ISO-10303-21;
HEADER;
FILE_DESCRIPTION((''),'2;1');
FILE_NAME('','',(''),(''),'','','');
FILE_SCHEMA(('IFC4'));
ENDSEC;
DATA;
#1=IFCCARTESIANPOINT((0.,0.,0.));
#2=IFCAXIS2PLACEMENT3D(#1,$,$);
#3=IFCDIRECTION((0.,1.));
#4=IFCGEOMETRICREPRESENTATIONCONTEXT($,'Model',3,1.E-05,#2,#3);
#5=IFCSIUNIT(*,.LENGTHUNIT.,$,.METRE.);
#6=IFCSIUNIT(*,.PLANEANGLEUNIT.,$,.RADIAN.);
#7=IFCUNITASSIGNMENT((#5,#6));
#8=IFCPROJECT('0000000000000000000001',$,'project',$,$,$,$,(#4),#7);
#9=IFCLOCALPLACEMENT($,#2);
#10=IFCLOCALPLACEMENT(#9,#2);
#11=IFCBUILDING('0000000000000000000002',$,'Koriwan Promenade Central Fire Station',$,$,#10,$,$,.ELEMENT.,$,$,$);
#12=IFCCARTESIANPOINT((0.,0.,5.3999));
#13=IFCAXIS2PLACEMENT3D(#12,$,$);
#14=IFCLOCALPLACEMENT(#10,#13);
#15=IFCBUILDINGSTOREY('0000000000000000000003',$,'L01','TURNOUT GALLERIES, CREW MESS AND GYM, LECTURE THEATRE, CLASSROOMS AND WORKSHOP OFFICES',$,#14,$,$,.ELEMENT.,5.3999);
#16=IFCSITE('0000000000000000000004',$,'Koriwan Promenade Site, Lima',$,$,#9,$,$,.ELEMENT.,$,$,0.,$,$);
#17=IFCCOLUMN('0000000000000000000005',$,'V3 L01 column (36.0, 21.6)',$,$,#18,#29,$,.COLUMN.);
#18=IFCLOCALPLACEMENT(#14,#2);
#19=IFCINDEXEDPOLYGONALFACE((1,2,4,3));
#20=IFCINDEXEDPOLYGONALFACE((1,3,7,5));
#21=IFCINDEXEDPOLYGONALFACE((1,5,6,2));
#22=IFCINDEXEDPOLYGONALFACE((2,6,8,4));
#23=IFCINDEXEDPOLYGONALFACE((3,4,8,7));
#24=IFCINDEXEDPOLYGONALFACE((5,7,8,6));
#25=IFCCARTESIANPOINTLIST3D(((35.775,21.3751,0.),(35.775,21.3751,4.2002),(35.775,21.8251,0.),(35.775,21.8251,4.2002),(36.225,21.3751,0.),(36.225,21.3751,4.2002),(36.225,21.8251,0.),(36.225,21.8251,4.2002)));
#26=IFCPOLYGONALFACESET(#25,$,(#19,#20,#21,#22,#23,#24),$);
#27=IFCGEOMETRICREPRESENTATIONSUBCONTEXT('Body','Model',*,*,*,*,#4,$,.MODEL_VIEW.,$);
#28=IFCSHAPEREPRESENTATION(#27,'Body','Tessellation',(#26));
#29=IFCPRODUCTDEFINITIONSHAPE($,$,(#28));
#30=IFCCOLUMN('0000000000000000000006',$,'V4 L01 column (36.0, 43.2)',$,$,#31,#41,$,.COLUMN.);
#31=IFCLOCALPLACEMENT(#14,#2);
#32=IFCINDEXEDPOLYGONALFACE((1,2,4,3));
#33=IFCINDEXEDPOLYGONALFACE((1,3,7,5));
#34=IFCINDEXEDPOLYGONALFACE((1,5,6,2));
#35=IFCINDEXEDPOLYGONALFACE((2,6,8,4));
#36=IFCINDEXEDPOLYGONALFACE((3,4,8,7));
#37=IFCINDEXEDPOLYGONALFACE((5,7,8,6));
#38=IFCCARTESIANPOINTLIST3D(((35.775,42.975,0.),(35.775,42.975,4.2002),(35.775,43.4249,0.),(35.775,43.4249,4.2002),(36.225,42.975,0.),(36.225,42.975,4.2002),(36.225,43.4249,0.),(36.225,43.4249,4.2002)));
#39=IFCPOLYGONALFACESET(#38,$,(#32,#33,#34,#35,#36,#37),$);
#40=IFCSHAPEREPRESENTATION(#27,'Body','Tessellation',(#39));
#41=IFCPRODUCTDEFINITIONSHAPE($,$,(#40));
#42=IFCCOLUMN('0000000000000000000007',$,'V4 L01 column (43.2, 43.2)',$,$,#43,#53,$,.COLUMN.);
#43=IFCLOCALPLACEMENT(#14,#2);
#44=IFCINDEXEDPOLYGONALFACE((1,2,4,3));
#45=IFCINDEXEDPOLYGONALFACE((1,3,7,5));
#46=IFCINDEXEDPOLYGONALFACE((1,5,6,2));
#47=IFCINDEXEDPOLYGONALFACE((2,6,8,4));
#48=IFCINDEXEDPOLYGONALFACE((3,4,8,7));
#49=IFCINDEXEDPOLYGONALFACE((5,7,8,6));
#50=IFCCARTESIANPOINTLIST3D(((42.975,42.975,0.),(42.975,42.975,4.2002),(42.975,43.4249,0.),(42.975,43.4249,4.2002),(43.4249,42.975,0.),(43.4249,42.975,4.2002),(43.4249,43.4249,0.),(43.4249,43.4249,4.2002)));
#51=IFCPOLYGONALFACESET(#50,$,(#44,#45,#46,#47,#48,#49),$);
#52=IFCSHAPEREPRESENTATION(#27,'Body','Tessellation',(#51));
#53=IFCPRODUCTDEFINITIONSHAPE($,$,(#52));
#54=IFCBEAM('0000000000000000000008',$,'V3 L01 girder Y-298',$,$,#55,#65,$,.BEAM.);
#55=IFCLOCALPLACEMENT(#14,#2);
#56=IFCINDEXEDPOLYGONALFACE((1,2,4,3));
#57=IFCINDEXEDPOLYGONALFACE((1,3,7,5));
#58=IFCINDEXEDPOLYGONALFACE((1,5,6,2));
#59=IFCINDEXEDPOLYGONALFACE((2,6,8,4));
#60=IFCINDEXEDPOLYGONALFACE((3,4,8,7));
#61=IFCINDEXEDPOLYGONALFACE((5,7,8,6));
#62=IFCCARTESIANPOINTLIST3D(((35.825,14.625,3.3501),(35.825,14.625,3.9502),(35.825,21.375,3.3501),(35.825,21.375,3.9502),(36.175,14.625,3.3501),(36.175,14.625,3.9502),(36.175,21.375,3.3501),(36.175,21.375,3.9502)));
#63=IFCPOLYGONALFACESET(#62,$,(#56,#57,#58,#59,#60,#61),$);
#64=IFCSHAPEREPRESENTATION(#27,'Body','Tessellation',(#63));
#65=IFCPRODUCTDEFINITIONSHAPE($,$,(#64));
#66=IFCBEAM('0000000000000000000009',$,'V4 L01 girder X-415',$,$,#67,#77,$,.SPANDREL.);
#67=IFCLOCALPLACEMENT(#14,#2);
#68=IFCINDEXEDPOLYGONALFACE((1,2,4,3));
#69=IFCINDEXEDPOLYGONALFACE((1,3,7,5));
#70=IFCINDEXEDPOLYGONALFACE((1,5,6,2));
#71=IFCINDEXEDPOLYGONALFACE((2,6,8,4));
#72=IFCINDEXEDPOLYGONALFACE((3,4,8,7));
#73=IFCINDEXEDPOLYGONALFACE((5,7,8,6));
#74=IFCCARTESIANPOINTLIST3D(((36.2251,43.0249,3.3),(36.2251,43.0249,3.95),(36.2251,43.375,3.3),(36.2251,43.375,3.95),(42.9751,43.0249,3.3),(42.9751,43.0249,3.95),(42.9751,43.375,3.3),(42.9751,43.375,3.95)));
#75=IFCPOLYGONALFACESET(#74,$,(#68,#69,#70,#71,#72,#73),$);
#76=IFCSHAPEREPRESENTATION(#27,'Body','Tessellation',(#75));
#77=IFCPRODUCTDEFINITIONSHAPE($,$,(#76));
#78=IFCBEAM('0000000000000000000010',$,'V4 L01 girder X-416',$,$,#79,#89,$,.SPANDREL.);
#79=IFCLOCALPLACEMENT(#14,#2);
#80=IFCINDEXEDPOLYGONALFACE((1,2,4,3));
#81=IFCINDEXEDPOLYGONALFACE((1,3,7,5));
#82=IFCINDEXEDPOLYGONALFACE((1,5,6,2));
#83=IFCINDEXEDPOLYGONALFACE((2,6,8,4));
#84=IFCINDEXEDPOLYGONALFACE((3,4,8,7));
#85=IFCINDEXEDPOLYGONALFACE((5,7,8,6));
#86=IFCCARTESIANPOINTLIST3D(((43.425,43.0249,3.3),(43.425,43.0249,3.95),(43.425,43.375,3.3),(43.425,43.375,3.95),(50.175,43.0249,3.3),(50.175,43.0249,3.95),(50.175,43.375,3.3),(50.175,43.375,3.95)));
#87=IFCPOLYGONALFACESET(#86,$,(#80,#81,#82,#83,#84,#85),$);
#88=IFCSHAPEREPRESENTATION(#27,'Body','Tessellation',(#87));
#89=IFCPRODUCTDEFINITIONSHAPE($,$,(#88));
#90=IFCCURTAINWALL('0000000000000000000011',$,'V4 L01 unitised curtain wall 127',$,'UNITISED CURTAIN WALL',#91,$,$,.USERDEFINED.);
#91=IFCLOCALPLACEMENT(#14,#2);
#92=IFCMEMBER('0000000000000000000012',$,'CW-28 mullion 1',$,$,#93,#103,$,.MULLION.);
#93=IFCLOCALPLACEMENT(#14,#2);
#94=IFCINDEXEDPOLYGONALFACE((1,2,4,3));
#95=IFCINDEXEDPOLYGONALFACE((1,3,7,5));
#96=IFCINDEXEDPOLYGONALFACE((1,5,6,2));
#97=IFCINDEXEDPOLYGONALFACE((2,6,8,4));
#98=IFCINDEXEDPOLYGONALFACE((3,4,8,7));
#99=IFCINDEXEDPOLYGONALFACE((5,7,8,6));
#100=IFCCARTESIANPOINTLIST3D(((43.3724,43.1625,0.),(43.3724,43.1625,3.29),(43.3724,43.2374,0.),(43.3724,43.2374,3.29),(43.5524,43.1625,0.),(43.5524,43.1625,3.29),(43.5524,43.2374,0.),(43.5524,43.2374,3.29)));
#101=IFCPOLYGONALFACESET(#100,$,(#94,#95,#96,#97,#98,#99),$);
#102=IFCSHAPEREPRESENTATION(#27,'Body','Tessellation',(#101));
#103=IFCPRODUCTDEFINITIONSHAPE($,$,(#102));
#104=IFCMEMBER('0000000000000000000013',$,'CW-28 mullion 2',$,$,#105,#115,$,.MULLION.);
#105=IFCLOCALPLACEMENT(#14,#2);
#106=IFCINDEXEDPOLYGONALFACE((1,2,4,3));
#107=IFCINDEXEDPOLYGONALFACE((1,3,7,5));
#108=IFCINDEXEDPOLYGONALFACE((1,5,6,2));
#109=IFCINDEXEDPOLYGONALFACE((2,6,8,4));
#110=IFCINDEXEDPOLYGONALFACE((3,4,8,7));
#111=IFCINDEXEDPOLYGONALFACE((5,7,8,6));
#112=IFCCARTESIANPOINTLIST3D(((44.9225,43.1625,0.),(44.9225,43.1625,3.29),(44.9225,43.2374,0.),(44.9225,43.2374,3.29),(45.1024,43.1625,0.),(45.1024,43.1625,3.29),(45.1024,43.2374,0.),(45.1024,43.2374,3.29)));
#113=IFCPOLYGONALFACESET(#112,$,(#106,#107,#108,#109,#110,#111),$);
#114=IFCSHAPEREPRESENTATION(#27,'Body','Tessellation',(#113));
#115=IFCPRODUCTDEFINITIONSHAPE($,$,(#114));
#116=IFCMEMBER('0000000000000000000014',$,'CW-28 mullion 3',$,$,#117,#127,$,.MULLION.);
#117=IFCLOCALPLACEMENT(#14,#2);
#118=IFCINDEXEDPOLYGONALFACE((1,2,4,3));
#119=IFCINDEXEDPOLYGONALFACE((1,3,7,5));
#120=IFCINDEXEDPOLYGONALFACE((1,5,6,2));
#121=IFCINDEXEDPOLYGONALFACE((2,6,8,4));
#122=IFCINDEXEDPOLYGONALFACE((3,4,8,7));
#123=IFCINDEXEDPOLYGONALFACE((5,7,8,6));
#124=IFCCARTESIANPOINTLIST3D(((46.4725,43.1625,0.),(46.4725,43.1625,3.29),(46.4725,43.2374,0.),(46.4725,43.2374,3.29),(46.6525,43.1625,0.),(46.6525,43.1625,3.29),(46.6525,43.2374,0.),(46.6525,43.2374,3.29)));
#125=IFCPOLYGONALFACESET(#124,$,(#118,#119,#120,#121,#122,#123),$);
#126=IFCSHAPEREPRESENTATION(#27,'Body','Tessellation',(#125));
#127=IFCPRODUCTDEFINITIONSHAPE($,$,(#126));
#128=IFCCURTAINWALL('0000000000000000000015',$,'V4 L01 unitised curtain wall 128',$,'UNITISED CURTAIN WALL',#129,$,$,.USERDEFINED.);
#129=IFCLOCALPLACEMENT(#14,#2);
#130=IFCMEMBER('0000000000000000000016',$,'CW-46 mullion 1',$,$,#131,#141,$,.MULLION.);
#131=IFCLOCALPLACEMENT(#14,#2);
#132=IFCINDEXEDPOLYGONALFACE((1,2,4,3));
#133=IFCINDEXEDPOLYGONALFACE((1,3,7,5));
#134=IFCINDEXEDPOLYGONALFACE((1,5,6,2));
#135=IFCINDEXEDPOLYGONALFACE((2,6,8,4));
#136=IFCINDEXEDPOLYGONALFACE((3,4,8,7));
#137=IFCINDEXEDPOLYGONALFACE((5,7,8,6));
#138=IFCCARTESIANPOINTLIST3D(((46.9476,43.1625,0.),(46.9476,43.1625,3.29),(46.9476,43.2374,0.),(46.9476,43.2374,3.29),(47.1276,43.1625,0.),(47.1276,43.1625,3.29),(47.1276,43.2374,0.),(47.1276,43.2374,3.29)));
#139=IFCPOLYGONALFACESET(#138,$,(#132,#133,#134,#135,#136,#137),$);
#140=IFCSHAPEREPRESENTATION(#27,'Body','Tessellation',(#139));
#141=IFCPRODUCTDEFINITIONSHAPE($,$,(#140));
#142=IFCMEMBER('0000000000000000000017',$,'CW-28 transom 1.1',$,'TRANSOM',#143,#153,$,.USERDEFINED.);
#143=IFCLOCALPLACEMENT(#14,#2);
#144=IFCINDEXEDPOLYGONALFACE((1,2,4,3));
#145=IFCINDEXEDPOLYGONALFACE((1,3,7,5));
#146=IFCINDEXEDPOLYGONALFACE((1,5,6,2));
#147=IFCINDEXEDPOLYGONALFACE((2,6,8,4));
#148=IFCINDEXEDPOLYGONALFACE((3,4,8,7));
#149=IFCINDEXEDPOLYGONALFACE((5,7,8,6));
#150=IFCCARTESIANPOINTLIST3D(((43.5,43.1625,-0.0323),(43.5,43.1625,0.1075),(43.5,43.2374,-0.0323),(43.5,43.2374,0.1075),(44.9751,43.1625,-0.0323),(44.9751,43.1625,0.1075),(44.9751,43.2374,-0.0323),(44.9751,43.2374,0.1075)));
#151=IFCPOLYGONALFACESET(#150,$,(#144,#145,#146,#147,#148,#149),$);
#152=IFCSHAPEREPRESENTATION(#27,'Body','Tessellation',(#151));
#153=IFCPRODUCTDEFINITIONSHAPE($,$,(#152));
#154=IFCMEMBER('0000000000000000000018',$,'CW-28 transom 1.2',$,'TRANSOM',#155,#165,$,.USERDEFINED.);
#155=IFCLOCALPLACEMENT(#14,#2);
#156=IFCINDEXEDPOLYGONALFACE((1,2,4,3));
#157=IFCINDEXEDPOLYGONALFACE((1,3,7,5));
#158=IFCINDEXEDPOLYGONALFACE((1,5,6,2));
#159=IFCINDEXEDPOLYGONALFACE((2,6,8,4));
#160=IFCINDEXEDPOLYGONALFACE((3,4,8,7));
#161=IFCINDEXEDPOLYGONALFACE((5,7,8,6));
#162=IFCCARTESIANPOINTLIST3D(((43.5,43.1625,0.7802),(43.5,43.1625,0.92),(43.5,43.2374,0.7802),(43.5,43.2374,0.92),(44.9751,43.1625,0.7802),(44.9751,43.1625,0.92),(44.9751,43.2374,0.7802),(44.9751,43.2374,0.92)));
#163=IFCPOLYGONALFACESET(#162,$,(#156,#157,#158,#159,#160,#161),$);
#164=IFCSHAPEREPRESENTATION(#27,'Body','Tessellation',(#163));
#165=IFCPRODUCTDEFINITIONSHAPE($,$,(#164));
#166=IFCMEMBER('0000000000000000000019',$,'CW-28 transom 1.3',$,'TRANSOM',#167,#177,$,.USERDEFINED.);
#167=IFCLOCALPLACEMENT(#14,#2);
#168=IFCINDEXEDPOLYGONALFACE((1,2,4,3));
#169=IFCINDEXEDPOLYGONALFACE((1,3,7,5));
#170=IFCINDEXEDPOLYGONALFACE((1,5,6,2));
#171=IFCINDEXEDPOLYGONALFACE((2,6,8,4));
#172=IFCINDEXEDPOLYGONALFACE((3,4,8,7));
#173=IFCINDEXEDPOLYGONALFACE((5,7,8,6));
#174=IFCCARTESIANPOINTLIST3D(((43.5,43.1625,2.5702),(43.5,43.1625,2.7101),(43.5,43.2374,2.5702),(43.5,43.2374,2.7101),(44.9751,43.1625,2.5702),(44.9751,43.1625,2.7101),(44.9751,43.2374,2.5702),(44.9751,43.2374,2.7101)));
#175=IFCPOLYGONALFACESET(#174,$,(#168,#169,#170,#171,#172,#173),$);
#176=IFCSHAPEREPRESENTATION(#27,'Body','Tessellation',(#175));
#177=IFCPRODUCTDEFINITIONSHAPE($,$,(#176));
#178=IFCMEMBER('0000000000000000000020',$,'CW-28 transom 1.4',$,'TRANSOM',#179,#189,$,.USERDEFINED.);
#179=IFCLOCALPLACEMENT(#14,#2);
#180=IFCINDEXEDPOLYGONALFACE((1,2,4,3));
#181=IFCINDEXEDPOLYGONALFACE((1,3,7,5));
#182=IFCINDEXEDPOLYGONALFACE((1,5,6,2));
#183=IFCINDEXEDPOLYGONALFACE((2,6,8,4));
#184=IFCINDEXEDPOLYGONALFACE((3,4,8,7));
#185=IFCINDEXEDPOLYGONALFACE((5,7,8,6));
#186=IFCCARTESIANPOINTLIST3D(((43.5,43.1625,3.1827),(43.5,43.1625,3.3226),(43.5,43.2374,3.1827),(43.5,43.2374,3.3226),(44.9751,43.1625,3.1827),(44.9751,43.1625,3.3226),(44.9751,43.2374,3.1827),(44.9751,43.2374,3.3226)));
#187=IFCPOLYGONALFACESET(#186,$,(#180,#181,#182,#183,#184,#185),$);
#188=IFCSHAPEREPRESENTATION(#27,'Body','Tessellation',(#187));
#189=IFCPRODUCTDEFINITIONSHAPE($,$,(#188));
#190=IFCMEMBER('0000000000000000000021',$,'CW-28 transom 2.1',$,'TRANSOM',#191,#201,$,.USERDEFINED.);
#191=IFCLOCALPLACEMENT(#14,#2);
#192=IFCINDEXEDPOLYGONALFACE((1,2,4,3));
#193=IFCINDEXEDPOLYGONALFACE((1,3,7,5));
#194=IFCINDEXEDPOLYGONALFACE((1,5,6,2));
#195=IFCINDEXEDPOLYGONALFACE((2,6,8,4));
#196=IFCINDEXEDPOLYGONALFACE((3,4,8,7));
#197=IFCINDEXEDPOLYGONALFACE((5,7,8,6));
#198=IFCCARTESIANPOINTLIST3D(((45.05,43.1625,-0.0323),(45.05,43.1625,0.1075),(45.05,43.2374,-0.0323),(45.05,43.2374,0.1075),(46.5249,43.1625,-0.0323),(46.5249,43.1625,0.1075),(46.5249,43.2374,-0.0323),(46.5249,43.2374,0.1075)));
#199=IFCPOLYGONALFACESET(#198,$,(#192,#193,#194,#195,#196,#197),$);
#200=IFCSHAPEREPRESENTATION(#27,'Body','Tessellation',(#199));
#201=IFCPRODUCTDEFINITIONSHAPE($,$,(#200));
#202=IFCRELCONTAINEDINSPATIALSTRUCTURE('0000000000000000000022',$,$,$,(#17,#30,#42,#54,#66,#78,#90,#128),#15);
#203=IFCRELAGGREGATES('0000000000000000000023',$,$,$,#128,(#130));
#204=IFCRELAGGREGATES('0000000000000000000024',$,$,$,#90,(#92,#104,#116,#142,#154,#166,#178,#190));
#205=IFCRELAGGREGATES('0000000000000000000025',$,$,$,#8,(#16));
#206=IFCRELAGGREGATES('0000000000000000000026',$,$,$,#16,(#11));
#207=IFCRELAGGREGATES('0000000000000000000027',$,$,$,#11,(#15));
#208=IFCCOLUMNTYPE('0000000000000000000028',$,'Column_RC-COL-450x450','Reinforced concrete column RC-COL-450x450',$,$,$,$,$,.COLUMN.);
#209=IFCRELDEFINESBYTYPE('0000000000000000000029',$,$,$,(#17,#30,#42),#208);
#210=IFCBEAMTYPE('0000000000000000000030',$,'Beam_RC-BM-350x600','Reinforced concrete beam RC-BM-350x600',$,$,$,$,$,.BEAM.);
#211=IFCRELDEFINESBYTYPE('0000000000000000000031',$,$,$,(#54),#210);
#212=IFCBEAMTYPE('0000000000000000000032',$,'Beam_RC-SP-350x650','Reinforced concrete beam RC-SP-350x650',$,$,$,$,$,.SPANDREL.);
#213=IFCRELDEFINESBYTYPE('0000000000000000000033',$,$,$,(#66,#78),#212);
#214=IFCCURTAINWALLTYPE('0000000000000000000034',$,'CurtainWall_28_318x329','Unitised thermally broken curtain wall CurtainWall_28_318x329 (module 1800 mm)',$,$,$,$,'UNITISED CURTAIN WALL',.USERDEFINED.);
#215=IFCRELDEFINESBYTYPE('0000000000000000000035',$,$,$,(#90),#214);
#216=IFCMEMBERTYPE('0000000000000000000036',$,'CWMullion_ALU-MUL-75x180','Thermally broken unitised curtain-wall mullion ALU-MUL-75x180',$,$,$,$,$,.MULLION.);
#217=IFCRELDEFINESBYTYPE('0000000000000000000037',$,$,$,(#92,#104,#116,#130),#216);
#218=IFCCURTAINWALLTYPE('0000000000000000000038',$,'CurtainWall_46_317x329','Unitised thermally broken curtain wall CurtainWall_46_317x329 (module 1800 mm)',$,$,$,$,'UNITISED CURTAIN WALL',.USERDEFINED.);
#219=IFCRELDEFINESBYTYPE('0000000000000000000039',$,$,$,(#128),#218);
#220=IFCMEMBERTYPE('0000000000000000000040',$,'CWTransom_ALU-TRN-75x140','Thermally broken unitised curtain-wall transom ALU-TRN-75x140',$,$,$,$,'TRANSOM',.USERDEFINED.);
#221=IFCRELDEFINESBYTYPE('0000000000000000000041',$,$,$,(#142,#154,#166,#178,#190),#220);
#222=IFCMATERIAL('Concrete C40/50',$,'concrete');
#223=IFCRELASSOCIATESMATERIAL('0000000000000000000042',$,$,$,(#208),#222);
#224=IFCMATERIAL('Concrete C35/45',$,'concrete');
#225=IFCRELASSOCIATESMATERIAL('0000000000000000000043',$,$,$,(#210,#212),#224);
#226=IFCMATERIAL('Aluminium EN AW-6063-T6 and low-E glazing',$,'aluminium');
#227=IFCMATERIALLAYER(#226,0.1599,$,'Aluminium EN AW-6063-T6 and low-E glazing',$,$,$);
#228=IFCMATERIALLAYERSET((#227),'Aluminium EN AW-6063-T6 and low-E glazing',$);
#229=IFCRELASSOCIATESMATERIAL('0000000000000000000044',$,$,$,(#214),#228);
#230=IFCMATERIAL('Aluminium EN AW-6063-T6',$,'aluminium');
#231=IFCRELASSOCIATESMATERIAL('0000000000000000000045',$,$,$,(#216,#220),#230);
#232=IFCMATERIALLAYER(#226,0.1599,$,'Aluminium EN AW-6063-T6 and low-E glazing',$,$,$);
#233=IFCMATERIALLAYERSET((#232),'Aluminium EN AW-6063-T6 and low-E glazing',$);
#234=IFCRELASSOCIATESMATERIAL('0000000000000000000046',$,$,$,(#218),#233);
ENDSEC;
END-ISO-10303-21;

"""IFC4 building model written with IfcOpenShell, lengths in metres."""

from ifc_helpers import new_model, si_unit, direction, frame, origin, origin_2d, place, context, subcontext, project, spatial, rectangle, extrude, material, layer, layer_set, material_profile, profile_set, type_object, element, aggregate, save


model = new_model("IFC4")

# Units and contexts
model_context = context("Model", 3, precision=1e-05, world=origin(), true_north=direction((0.0, 1.0)))
body_context = subcontext(model_context, "Body", "Model", "MODEL_VIEW")
ifc_project = project(units=[si_unit("LENGTHUNIT", "METRE"), si_unit("PLANEANGLEUNIT", "RADIAN")], contexts=[model_context])

# Site, building, storey
site_placement = place(None, origin())
site = spatial("IfcSite", under=ifc_project, at=site_placement, Name="Koriwan Promenade Site, Lima", CompositionType="ELEMENT", RefElevation=0.0)
building_placement = place(site_placement, origin())
building = spatial("IfcBuilding", under=site, at=building_placement, Name="Koriwan Promenade Central Fire Station", CompositionType="ELEMENT")
storey_placement = place(building_placement, frame((0.0, 0.0, 5.3999)))
storey = spatial("IfcBuildingStorey", under=building, at=storey_placement, Name="L01", Description="TURNOUT GALLERIES, CREW MESS AND GYM, LECTURE THEATRE, CLASSROOMS AND WORKSHOP OFFICES", CompositionType="ELEMENT", Elevation=5.3999)

# Columns
ifc_material_1 = material(Name="Concrete C40/50", Category="concrete")
ifc_material_profile_1 = material_profile(ifc_material_1, rectangle(XDim=0.45, YDim=0.45, at=origin_2d()), Name="RC-COL-450x450")
ifc_profile_set_1 = profile_set([ifc_material_profile_1], Name="Concrete C40/50")
column_type = type_object("IfcColumnType", Name="Column_RC-COL-450x450", Description="Reinforced concrete column RC-COL-450x450", PredefinedType="COLUMN", material=ifc_profile_set_1)
for number, where, z_axis, x_axis, name in (
    (1, (36.0, 21.6001, 0.0), (0.0, 0.0, 1.0), (1.0, 0.0, 0.0), "V3 L01 column (36.0, 21.6)"),
    (2, (36.0, 43.2, 0.0), (0.0, 0.0, 1.0), (1.0, 0.0, 0.0), "V4 L01 column (36.0, 43.2)"),
    (3, (43.2, 43.2, 0.0), (0.0, 0.0, 1.0), (1.0, 0.0, 0.0), "V4 L01 column (43.2, 43.2)"),
):
    element("IfcColumn", number, at=place(storey_placement, frame(where, z_axis=z_axis, x_axis=x_axis)), inside=storey, type_object=column_type, Name=name, PredefinedType="COLUMN", context=body_context, shape_type="SweptSolid", body=[
        extrude(rectangle(XDim=0.45, YDim=0.45, at=origin_2d()), origin(), (0.0, 0.0, 1.0), 4.2002),
    ])

# Beams
ifc_material_2 = material(Name="Concrete C35/45", Category="concrete")
ifc_material_profile_2 = material_profile(ifc_material_2, rectangle(XDim=0.3501, YDim=0.6001, at=origin_2d()), Name="RC-BM-350x600")
ifc_profile_set_2 = profile_set([ifc_material_profile_2], Name="Concrete C35/45")
beam_type_1 = type_object("IfcBeamType", Name="Beam_RC-BM-350x600", Description="Reinforced concrete beam RC-BM-350x600", PredefinedType="BEAM", material=ifc_profile_set_2)
beam_placement = place(storey_placement, frame((36.0, 14.625, 3.6501), z_axis=(0.0, 1.0, 0.0), x_axis=(-1.0, 0.0, 0.0)))
element("IfcBeam", 4, at=beam_placement, inside=storey, type_object=beam_type_1, Name="V3 L01 girder Y-298", PredefinedType="BEAM", context=body_context, shape_type="SweptSolid", body=[
    extrude(rectangle(XDim=0.3501, YDim=0.6001, at=origin_2d()), origin(), (0.0, 0.0, 1.0), 6.75),
])
ifc_material_profile_3 = material_profile(ifc_material_2, rectangle(XDim=0.3501, YDim=0.6499, at=origin_2d()), Name="RC-SP-350x650")
ifc_profile_set_3 = profile_set([ifc_material_profile_3], Name="Concrete C35/45")
beam_type_2 = type_object("IfcBeamType", Name="Beam_RC-SP-350x650", Description="Reinforced concrete beam RC-SP-350x650", PredefinedType="SPANDREL", material=ifc_profile_set_3)
for number, where, z_axis, x_axis, name in (
    (5, (36.2251, 43.2, 3.625), (1.0, 0.0, 0.0), (0.0, 1.0, 0.0), "V4 L01 girder X-415"),
    (6, (43.425, 43.2, 3.625), (1.0, 0.0, 0.0), (0.0, 1.0, 0.0), "V4 L01 girder X-416"),
):
    element("IfcBeam", number, at=place(storey_placement, frame(where, z_axis=z_axis, x_axis=x_axis)), inside=storey, type_object=beam_type_2, Name=name, PredefinedType="SPANDREL", context=body_context, shape_type="SweptSolid", body=[
        extrude(rectangle(XDim=0.3501, YDim=0.6499, at=origin_2d()), origin(), (0.0, 0.0, 1.0), 6.75),
    ])

# Curtain wall, members
ifc_material_3 = material(Name="Aluminium EN AW-6063-T6 and low-E glazing", Category="aluminium")
ifc_layer_1 = layer(ifc_material_3, 0.1599, Name="Aluminium EN AW-6063-T6 and low-E glazing")
ifc_layer_set_1 = layer_set([ifc_layer_1], Name="Aluminium EN AW-6063-T6 and low-E glazing")
curtain_wall_type_1 = type_object("IfcCurtainWallType", Name="CurtainWall_28_318x329", Description="Unitised thermally broken curtain wall CurtainWall_28_318x329 (module 1800 mm)", ElementType="UNITISED CURTAIN WALL", PredefinedType="USERDEFINED", material=ifc_layer_set_1)
curtain_wall_1_placement = place(storey_placement, origin())
curtain_wall_1 = element("IfcCurtainWall", 7, at=curtain_wall_1_placement, inside=storey, type_object=curtain_wall_type_1, Name="V4 L01 unitised curtain wall 127", ObjectType="UNITISED CURTAIN WALL", PredefinedType="USERDEFINED")
ifc_material_4 = material(Name="Aluminium EN AW-6063-T6", Category="aluminium")
ifc_material_profile_4 = material_profile(ifc_material_4, rectangle(XDim=0.075, YDim=0.1799, at=origin_2d()), Name="ALU-MUL-75x180")
ifc_profile_set_4 = profile_set([ifc_material_profile_4], Name="Aluminium EN AW-6063-T6")
member_type_1 = type_object("IfcMemberType", Name="CWMullion_ALU-MUL-75x180", Description="Thermally broken unitised curtain-wall mullion ALU-MUL-75x180", PredefinedType="MULLION", material=ifc_profile_set_4)
member_1_placement = place(storey_placement, frame((43.4624, 43.2, 0.0), z_axis=(0.0, 0.0, 1.0), x_axis=(0.0, 1.0, 0.0)))
member_1 = element("IfcMember", 8, at=member_1_placement, type_object=member_type_1, Name="CW-28 mullion 1", PredefinedType="MULLION", context=body_context, shape_type="SweptSolid", body=[
    extrude(rectangle(XDim=0.075, YDim=0.1799, at=origin_2d()), origin(), (0.0, 0.0, 1.0), 3.29),
])
member_2_placement = place(storey_placement, frame((45.0125, 43.2, 0.0), z_axis=(0.0, 0.0, 1.0), x_axis=(0.0, 1.0, 0.0)))
member_2 = element("IfcMember", 9, at=member_2_placement, type_object=member_type_1, Name="CW-28 mullion 2", PredefinedType="MULLION", context=body_context, shape_type="SweptSolid", body=[
    extrude(rectangle(XDim=0.075, YDim=0.1799, at=origin_2d()), origin(), (0.0, 0.0, 1.0), 3.29),
])
member_3_placement = place(storey_placement, frame((46.5625, 43.2, 0.0), z_axis=(0.0, 0.0, 1.0), x_axis=(0.0, 1.0, 0.0)))
member_3 = element("IfcMember", 10, at=member_3_placement, type_object=member_type_1, Name="CW-28 mullion 3", PredefinedType="MULLION", context=body_context, shape_type="SweptSolid", body=[
    extrude(rectangle(XDim=0.075, YDim=0.1799, at=origin_2d()), origin(), (0.0, 0.0, 1.0), 3.29),
])

# Curtain wall, member
ifc_layer_2 = layer(ifc_material_3, 0.1599, Name="Aluminium EN AW-6063-T6 and low-E glazing")
ifc_layer_set_2 = layer_set([ifc_layer_2], Name="Aluminium EN AW-6063-T6 and low-E glazing")
curtain_wall_type_2 = type_object("IfcCurtainWallType", Name="CurtainWall_46_317x329", Description="Unitised thermally broken curtain wall CurtainWall_46_317x329 (module 1800 mm)", ElementType="UNITISED CURTAIN WALL", PredefinedType="USERDEFINED", material=ifc_layer_set_2)
curtain_wall_2_placement = place(storey_placement, origin())
curtain_wall_2 = element("IfcCurtainWall", 11, at=curtain_wall_2_placement, inside=storey, type_object=curtain_wall_type_2, Name="V4 L01 unitised curtain wall 128", ObjectType="UNITISED CURTAIN WALL", PredefinedType="USERDEFINED")
member_4_placement = place(storey_placement, frame((47.0376, 43.2, 0.0), z_axis=(0.0, 0.0, 1.0), x_axis=(0.0, 1.0, 0.0)))
member_4 = element("IfcMember", 12, at=member_4_placement, type_object=member_type_1, Name="CW-46 mullion 1", PredefinedType="MULLION", context=body_context, shape_type="SweptSolid", body=[
    extrude(rectangle(XDim=0.075, YDim=0.1799, at=origin_2d()), origin(), (0.0, 0.0, 1.0), 3.29),
])

# Members
ifc_material_profile_5 = material_profile(ifc_material_4, rectangle(XDim=0.075, YDim=0.1399, at=origin_2d()), Name="ALU-TRN-75x140")
ifc_profile_set_5 = profile_set([ifc_material_profile_5], Name="Aluminium EN AW-6063-T6")
member_type_2 = type_object("IfcMemberType", Name="CWTransom_ALU-TRN-75x140", Description="Thermally broken unitised curtain-wall transom ALU-TRN-75x140", ElementType="TRANSOM", PredefinedType="USERDEFINED", material=ifc_profile_set_5)
member_5_placement = place(storey_placement, frame((43.5, 43.2, 0.0376), z_axis=(1.0, 0.0, 0.0), x_axis=(0.0, 1.0, 0.0)))
member_5 = element("IfcMember", 13, at=member_5_placement, type_object=member_type_2, Name="CW-28 transom 1.1", ObjectType="TRANSOM", PredefinedType="USERDEFINED", context=body_context, shape_type="SweptSolid", body=[
    extrude(rectangle(XDim=0.075, YDim=0.1399, at=origin_2d()), origin(), (0.0, 0.0, 1.0), 1.4751),
])
member_6_placement = place(storey_placement, frame((43.5, 43.2, 0.8501), z_axis=(1.0, 0.0, 0.0), x_axis=(0.0, 1.0, 0.0)))
member_6 = element("IfcMember", 14, at=member_6_placement, type_object=member_type_2, Name="CW-28 transom 1.2", ObjectType="TRANSOM", PredefinedType="USERDEFINED", context=body_context, shape_type="SweptSolid", body=[
    extrude(rectangle(XDim=0.075, YDim=0.1399, at=origin_2d()), origin(), (0.0, 0.0, 1.0), 1.4751),
])
member_7_placement = place(storey_placement, frame((43.5, 43.2, 2.6401), z_axis=(1.0, 0.0, 0.0), x_axis=(0.0, 1.0, 0.0)))
member_7 = element("IfcMember", 15, at=member_7_placement, type_object=member_type_2, Name="CW-28 transom 1.3", ObjectType="TRANSOM", PredefinedType="USERDEFINED", context=body_context, shape_type="SweptSolid", body=[
    extrude(rectangle(XDim=0.075, YDim=0.1399, at=origin_2d()), origin(), (0.0, 0.0, 1.0), 1.4751),
])
member_8_placement = place(storey_placement, frame((43.5, 43.2, 3.2527), z_axis=(1.0, 0.0, 0.0), x_axis=(0.0, 1.0, 0.0)))
member_8 = element("IfcMember", 16, at=member_8_placement, type_object=member_type_2, Name="CW-28 transom 1.4", ObjectType="TRANSOM", PredefinedType="USERDEFINED", context=body_context, shape_type="SweptSolid", body=[
    extrude(rectangle(XDim=0.075, YDim=0.1399, at=origin_2d()), origin(), (0.0, 0.0, 1.0), 1.4751),
])
member_9_placement = place(storey_placement, frame((45.05, 43.2, 0.0376), z_axis=(1.0, 0.0, 0.0), x_axis=(0.0, 1.0, 0.0)))
member_9 = element("IfcMember", 17, at=member_9_placement, type_object=member_type_2, Name="CW-28 transom 2.1", ObjectType="TRANSOM", PredefinedType="USERDEFINED", context=body_context, shape_type="SweptSolid", body=[
    extrude(rectangle(XDim=0.075, YDim=0.1399, at=origin_2d()), origin(), (0.0, 0.0, 1.0), 1.4749),
])
aggregate(curtain_wall_2, [member_4])

aggregate(curtain_wall_1, [member_1, member_2, member_3, member_5, member_6, member_7, member_8, member_9])

save(model, "model.ifc")
